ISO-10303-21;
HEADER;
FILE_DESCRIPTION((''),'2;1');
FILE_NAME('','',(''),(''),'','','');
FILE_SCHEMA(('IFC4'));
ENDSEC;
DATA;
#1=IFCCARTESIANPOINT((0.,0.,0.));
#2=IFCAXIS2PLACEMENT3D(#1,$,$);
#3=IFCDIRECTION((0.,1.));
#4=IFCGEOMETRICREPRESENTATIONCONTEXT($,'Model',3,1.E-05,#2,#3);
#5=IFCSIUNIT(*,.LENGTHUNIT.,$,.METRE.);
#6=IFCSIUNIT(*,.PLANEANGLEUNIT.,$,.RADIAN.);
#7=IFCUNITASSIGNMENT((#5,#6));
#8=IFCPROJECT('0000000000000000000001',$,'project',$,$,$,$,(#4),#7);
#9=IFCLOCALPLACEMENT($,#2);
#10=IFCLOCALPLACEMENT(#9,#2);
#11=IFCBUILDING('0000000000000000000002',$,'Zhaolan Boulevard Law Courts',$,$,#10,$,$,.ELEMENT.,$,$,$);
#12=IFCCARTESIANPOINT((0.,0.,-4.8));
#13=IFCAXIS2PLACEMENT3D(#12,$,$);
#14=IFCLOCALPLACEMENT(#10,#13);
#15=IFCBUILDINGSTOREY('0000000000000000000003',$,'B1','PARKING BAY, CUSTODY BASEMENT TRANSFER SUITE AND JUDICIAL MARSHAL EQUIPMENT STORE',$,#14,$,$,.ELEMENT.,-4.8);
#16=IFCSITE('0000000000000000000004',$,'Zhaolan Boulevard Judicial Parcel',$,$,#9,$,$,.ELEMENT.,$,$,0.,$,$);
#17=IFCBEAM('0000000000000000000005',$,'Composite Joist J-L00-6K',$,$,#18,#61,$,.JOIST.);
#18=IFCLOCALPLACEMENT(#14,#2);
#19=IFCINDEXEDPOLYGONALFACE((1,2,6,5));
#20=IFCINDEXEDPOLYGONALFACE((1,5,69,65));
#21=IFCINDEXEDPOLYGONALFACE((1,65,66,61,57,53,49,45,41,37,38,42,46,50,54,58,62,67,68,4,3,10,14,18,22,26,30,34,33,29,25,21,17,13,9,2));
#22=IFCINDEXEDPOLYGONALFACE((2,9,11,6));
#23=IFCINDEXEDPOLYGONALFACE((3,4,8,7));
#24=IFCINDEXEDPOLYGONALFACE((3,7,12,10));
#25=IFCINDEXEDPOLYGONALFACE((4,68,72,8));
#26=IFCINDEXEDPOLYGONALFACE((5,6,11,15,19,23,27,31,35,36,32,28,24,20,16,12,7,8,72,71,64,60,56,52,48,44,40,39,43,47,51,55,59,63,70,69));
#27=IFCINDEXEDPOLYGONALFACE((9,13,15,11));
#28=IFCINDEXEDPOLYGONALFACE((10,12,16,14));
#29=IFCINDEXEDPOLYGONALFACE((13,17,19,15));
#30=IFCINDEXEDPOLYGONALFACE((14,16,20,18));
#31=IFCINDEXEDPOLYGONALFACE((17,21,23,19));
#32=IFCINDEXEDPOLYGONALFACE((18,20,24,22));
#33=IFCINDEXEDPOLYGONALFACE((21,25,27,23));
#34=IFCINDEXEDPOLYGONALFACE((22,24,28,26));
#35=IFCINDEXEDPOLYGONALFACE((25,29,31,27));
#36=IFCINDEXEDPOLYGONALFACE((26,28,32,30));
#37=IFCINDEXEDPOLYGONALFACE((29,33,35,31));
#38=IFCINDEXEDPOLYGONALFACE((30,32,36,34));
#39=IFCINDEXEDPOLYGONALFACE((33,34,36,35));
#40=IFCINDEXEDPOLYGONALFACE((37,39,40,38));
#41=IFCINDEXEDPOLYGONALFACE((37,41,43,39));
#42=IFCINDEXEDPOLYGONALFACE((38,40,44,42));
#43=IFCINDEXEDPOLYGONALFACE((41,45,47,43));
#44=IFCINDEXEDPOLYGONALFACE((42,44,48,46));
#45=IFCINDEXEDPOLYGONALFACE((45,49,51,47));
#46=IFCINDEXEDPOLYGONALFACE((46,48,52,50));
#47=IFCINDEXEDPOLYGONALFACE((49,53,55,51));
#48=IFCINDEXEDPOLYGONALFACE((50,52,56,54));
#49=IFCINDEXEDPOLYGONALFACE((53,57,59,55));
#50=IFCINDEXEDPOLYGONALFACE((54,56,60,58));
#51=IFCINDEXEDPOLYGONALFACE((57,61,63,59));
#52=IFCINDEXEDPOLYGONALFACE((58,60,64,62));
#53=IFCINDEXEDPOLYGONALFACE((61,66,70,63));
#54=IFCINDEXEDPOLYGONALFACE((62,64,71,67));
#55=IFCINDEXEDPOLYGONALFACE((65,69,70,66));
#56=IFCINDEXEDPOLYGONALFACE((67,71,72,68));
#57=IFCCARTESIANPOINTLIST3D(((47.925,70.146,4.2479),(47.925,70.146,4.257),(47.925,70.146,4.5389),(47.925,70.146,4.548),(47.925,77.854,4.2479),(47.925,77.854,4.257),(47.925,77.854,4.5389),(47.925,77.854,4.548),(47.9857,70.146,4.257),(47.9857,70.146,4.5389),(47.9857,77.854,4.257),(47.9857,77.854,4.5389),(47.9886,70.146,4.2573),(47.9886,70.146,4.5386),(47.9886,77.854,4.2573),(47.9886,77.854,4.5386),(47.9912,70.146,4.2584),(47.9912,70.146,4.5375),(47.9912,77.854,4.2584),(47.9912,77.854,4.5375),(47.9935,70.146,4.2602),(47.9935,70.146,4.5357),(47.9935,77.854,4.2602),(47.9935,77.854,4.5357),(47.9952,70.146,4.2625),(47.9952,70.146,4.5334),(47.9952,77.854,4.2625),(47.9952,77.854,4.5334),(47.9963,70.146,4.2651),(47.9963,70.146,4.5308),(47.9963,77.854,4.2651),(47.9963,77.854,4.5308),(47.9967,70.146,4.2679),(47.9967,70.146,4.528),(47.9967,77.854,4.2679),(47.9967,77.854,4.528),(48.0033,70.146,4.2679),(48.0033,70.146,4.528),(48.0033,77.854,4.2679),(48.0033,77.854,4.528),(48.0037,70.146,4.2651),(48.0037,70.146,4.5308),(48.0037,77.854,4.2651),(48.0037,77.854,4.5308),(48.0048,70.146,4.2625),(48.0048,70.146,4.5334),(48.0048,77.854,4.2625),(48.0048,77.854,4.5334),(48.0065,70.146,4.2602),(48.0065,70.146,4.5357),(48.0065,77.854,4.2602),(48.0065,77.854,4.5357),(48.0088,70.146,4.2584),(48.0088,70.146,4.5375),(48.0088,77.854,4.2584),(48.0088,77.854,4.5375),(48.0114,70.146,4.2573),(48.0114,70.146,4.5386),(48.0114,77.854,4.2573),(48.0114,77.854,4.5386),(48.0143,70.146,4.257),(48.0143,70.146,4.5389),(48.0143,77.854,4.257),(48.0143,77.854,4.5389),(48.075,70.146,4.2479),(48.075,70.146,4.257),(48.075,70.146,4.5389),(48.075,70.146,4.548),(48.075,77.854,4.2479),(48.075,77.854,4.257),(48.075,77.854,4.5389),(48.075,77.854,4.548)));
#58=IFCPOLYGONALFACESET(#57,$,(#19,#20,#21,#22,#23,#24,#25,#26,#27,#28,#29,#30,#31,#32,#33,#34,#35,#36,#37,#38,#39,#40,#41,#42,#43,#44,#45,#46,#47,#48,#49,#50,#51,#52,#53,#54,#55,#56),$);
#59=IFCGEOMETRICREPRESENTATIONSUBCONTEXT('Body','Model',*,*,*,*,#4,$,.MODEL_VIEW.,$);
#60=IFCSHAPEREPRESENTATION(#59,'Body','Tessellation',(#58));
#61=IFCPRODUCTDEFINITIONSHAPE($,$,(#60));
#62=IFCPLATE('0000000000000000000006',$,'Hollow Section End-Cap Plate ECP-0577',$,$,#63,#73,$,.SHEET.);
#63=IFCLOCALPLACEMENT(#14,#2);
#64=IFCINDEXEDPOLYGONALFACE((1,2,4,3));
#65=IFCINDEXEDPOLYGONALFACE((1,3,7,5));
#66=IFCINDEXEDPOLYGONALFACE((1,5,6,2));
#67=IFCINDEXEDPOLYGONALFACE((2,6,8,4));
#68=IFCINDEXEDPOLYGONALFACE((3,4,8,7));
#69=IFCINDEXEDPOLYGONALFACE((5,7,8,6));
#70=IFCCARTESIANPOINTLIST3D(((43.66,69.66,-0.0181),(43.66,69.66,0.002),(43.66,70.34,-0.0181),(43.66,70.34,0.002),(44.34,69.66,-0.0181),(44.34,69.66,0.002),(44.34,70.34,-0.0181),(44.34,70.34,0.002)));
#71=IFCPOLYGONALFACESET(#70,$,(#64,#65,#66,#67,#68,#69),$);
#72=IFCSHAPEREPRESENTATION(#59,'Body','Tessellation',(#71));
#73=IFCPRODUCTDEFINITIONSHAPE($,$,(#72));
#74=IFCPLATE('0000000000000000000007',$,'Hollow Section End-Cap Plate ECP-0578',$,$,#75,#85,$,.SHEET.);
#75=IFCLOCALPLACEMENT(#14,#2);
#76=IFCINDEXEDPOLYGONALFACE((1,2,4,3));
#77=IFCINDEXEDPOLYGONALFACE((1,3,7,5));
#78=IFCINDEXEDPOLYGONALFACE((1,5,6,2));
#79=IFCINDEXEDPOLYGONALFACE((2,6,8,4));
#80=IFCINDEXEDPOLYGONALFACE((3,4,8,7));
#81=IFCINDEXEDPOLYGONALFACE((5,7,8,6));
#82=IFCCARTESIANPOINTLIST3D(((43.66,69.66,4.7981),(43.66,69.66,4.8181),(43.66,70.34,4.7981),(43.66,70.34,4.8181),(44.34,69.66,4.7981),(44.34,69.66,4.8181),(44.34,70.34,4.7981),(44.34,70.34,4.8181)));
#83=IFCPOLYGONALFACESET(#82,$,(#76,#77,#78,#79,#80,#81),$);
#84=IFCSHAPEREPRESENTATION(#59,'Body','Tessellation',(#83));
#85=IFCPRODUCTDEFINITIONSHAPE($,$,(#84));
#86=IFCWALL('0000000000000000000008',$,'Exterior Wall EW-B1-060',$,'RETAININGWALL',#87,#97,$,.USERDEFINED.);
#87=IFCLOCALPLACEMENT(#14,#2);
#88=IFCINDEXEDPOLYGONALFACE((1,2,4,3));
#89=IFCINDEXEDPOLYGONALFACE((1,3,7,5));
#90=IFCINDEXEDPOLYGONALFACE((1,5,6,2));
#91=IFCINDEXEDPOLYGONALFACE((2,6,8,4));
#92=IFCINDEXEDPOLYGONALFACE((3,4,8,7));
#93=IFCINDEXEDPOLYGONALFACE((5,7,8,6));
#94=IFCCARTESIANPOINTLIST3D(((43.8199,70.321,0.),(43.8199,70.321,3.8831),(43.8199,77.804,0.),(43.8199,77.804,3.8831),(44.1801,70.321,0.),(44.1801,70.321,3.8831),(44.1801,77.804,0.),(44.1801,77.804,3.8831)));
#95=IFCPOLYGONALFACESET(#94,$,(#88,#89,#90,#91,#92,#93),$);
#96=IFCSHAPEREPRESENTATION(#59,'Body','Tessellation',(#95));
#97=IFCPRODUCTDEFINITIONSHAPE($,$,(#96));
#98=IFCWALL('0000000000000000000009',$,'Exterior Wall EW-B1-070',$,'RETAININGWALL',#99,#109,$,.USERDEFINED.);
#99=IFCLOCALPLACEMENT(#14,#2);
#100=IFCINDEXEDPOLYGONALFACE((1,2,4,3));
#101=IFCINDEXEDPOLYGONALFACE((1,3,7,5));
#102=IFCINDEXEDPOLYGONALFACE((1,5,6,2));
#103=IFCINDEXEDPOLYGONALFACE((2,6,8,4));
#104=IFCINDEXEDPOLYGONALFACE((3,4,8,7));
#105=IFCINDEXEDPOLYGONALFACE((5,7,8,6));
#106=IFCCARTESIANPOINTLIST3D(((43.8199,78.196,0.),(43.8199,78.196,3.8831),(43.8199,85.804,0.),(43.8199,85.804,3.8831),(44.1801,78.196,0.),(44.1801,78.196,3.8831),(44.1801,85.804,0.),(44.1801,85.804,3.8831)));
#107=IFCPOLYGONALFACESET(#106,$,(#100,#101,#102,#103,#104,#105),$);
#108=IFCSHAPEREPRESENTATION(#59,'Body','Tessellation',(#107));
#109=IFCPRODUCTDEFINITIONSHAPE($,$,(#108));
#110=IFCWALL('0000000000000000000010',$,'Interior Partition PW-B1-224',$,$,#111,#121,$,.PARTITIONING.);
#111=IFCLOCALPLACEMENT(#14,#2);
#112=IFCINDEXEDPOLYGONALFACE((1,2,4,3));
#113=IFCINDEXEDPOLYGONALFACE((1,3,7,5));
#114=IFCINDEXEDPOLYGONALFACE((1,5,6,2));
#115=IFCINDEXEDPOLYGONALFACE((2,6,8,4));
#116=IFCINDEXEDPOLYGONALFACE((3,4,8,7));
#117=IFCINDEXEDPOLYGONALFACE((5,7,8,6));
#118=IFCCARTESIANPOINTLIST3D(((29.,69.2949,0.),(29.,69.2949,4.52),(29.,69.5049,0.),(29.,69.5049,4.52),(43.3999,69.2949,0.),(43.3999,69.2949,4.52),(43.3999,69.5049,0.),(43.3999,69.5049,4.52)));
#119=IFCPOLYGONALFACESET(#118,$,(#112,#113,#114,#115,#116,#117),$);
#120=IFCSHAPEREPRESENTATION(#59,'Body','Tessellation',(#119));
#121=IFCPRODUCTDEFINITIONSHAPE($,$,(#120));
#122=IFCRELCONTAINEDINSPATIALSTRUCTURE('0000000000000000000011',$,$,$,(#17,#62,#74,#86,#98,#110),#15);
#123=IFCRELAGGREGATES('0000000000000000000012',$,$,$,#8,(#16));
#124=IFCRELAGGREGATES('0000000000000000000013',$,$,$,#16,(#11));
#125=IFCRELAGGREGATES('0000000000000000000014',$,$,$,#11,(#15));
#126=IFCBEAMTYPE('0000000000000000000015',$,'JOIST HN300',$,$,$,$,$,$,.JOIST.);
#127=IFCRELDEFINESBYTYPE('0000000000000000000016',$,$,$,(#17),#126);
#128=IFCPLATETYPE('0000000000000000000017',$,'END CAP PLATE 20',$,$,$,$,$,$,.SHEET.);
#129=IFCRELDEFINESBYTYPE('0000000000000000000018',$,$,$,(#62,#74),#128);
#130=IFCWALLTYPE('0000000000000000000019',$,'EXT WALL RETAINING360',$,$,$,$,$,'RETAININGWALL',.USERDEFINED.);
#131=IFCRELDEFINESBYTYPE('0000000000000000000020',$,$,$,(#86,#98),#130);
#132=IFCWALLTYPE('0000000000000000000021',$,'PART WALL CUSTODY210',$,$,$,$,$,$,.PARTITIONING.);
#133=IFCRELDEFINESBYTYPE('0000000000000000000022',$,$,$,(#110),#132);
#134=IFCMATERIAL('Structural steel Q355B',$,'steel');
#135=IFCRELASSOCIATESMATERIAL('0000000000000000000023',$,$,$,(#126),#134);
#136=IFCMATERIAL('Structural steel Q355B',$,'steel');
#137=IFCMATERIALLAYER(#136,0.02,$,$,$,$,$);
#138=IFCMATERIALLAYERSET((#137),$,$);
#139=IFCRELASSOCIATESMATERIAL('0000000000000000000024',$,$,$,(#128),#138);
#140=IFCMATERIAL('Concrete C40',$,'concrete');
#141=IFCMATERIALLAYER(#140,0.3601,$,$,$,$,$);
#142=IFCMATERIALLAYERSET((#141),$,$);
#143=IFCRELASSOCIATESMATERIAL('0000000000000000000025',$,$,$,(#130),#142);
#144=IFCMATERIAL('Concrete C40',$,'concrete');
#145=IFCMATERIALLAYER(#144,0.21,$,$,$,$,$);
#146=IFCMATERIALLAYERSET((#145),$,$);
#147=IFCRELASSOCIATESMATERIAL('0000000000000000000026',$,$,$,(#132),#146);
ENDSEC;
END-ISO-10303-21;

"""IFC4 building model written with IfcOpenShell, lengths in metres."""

from ifc_helpers import new_model, si_unit, direction, frame, frame_2d, origin, origin_2d, place, context, subcontext, project, spatial, rectangle, i_section, extrude, material, layer, layer_set, material_profile, profile_set, type_object, element, save


model = new_model("IFC4")

# Units and contexts
model_context = context("Model", 3, precision=1e-05, world=origin(), true_north=direction((0.0, 1.0)))
body_context = subcontext(model_context, "Body", "Model", "MODEL_VIEW")
ifc_project = project(units=[si_unit("LENGTHUNIT", "METRE"), si_unit("PLANEANGLEUNIT", "RADIAN")], contexts=[model_context])

# Site, building, storey
site_placement = place(None, origin())
site = spatial("IfcSite", under=ifc_project, at=site_placement, Name="Zhaolan Boulevard Judicial Parcel", CompositionType="ELEMENT", RefElevation=0.0)
building_placement = place(site_placement, origin())
building = spatial("IfcBuilding", under=site, at=building_placement, Name="Zhaolan Boulevard Law Courts", CompositionType="ELEMENT")
storey_placement = place(building_placement, frame((0.0, 0.0, -4.8)))
storey = spatial("IfcBuildingStorey", under=building, at=storey_placement, Name="B1", Description="PARKING BAY, CUSTODY BASEMENT TRANSFER SUITE AND JUDICIAL MARSHAL EQUIPMENT STORE", CompositionType="ELEMENT", Elevation=-4.8)

# Beam
ifc_material_1 = material(Name="Structural steel Q355B", Category="steel")
ifc_material_profile_1 = material_profile(ifc_material_1, i_section(OverallWidth=0.1499, OverallDepth=0.3, WebThickness=0.0066, FlangeThickness=0.009, FilletRadius=0.011, at=origin_2d()), Name="HN300x150")
ifc_profile_set_1 = profile_set([ifc_material_profile_1], Name="Structural steel Q355B")
beam_type_1 = type_object("IfcBeamType", Name="JOIST HN300", PredefinedType="JOIST", material=ifc_profile_set_1)
beam_1_placement = place(storey_placement, frame((48.0, 70.146, 4.3979), z_axis=(0.0, 1.0, 0.0), x_axis=(-1.0, 0.0, 0.0)))
element("IfcBeam", 1, at=beam_1_placement, inside=storey, type_object=beam_type_1, Name="Composite Joist J-L00-6K", PredefinedType="JOIST", context=body_context, shape_type="SweptSolid", body=[
    extrude(i_section(OverallWidth=0.1499, OverallDepth=0.3, WebThickness=0.0066, FlangeThickness=0.009, FilletRadius=0.011, at=origin_2d()), origin(), (0.0, 0.0, 1.0), 7.708),
])

# Plates
ifc_material_2 = material(Name="Structural steel Q355B", Category="steel")
ifc_layer_1 = layer(ifc_material_2, 0.02)
ifc_layer_set_1 = layer_set([ifc_layer_1])
plate_type = type_object("IfcPlateType", Name="END CAP PLATE 20", PredefinedType="SHEET", material=ifc_layer_set_1)
for number, where, z_axis, x_axis, name in (
    (2, (44.0, 70.0, -0.0181), (0.0, 0.0, 1.0), (1.0, 0.0, 0.0), "Hollow Section End-Cap Plate ECP-0577"),
    (3, (44.0, 70.0, 4.7981), (0.0, 0.0, 1.0), (1.0, 0.0, 0.0), "Hollow Section End-Cap Plate ECP-0578"),
):
    element("IfcPlate", number, at=place(storey_placement, frame(where, z_axis=z_axis, x_axis=x_axis)), inside=storey, type_object=plate_type, Name=name, PredefinedType="SHEET", context=body_context, shape_type="SweptSolid", body=[
        extrude(rectangle(XDim=0.6799, YDim=0.6799, at=origin_2d()), origin(), (0.0, 0.0, 1.0), 0.02),
    ])

# Walls
ifc_material_3 = material(Name="Concrete C40", Category="concrete")
ifc_layer_2 = layer(ifc_material_3, 0.3601)
ifc_layer_set_2 = layer_set([ifc_layer_2])
wall_type_1 = type_object("IfcWallType", Name="EXT WALL RETAINING360", ElementType="RETAININGWALL", PredefinedType="USERDEFINED", material=ifc_layer_set_2)
wall_1_placement = place(storey_placement, frame((44.0, 70.321, 0.0), z_axis=(0.0, 0.0, 1.0), x_axis=(0.0, 1.0, 0.0)))
element("IfcWall", 4, at=wall_1_placement, inside=storey, type_object=wall_type_1, Name="Exterior Wall EW-B1-060", ObjectType="RETAININGWALL", PredefinedType="USERDEFINED", context=body_context, shape_type="SweptSolid", body=[
    extrude(rectangle(XDim=7.4829, YDim=0.3601, at=frame_2d((3.7415, 0.0))), origin(), (0.0, 0.0, 1.0), 3.8831),
])
wall_2_placement = place(storey_placement, frame((44.0, 78.196, 0.0), z_axis=(0.0, 0.0, 1.0), x_axis=(0.0, 1.0, 0.0)))
element("IfcWall", 5, at=wall_2_placement, inside=storey, type_object=wall_type_1, Name="Exterior Wall EW-B1-070", ObjectType="RETAININGWALL", PredefinedType="USERDEFINED", context=body_context, shape_type="SweptSolid", body=[
    extrude(rectangle(XDim=7.6079, YDim=0.3601, at=frame_2d((3.804, 0.0))), origin(), (0.0, 0.0, 1.0), 3.8831),
])
ifc_material_4 = material(Name="Concrete C40", Category="concrete")
ifc_layer_3 = layer(ifc_material_4, 0.21)
ifc_layer_set_3 = layer_set([ifc_layer_3])
wall_type_2 = type_object("IfcWallType", Name="PART WALL CUSTODY210", PredefinedType="PARTITIONING", material=ifc_layer_set_3)
wall_3_placement = place(storey_placement, frame((43.3999, 69.3999, 0.0), z_axis=(0.0, 0.0, 1.0), x_axis=(-1.0, 0.0, 0.0)))
element("IfcWall", 6, at=wall_3_placement, inside=storey, type_object=wall_type_2, Name="Interior Partition PW-B1-224", PredefinedType="PARTITIONING", context=body_context, shape_type="SweptSolid", body=[
    extrude(rectangle(XDim=14.3999, YDim=0.21, at=frame_2d((7.2, 0.0))), origin(), (0.0, 0.0, 1.0), 4.52),
])

save(model, "model.ifc")
